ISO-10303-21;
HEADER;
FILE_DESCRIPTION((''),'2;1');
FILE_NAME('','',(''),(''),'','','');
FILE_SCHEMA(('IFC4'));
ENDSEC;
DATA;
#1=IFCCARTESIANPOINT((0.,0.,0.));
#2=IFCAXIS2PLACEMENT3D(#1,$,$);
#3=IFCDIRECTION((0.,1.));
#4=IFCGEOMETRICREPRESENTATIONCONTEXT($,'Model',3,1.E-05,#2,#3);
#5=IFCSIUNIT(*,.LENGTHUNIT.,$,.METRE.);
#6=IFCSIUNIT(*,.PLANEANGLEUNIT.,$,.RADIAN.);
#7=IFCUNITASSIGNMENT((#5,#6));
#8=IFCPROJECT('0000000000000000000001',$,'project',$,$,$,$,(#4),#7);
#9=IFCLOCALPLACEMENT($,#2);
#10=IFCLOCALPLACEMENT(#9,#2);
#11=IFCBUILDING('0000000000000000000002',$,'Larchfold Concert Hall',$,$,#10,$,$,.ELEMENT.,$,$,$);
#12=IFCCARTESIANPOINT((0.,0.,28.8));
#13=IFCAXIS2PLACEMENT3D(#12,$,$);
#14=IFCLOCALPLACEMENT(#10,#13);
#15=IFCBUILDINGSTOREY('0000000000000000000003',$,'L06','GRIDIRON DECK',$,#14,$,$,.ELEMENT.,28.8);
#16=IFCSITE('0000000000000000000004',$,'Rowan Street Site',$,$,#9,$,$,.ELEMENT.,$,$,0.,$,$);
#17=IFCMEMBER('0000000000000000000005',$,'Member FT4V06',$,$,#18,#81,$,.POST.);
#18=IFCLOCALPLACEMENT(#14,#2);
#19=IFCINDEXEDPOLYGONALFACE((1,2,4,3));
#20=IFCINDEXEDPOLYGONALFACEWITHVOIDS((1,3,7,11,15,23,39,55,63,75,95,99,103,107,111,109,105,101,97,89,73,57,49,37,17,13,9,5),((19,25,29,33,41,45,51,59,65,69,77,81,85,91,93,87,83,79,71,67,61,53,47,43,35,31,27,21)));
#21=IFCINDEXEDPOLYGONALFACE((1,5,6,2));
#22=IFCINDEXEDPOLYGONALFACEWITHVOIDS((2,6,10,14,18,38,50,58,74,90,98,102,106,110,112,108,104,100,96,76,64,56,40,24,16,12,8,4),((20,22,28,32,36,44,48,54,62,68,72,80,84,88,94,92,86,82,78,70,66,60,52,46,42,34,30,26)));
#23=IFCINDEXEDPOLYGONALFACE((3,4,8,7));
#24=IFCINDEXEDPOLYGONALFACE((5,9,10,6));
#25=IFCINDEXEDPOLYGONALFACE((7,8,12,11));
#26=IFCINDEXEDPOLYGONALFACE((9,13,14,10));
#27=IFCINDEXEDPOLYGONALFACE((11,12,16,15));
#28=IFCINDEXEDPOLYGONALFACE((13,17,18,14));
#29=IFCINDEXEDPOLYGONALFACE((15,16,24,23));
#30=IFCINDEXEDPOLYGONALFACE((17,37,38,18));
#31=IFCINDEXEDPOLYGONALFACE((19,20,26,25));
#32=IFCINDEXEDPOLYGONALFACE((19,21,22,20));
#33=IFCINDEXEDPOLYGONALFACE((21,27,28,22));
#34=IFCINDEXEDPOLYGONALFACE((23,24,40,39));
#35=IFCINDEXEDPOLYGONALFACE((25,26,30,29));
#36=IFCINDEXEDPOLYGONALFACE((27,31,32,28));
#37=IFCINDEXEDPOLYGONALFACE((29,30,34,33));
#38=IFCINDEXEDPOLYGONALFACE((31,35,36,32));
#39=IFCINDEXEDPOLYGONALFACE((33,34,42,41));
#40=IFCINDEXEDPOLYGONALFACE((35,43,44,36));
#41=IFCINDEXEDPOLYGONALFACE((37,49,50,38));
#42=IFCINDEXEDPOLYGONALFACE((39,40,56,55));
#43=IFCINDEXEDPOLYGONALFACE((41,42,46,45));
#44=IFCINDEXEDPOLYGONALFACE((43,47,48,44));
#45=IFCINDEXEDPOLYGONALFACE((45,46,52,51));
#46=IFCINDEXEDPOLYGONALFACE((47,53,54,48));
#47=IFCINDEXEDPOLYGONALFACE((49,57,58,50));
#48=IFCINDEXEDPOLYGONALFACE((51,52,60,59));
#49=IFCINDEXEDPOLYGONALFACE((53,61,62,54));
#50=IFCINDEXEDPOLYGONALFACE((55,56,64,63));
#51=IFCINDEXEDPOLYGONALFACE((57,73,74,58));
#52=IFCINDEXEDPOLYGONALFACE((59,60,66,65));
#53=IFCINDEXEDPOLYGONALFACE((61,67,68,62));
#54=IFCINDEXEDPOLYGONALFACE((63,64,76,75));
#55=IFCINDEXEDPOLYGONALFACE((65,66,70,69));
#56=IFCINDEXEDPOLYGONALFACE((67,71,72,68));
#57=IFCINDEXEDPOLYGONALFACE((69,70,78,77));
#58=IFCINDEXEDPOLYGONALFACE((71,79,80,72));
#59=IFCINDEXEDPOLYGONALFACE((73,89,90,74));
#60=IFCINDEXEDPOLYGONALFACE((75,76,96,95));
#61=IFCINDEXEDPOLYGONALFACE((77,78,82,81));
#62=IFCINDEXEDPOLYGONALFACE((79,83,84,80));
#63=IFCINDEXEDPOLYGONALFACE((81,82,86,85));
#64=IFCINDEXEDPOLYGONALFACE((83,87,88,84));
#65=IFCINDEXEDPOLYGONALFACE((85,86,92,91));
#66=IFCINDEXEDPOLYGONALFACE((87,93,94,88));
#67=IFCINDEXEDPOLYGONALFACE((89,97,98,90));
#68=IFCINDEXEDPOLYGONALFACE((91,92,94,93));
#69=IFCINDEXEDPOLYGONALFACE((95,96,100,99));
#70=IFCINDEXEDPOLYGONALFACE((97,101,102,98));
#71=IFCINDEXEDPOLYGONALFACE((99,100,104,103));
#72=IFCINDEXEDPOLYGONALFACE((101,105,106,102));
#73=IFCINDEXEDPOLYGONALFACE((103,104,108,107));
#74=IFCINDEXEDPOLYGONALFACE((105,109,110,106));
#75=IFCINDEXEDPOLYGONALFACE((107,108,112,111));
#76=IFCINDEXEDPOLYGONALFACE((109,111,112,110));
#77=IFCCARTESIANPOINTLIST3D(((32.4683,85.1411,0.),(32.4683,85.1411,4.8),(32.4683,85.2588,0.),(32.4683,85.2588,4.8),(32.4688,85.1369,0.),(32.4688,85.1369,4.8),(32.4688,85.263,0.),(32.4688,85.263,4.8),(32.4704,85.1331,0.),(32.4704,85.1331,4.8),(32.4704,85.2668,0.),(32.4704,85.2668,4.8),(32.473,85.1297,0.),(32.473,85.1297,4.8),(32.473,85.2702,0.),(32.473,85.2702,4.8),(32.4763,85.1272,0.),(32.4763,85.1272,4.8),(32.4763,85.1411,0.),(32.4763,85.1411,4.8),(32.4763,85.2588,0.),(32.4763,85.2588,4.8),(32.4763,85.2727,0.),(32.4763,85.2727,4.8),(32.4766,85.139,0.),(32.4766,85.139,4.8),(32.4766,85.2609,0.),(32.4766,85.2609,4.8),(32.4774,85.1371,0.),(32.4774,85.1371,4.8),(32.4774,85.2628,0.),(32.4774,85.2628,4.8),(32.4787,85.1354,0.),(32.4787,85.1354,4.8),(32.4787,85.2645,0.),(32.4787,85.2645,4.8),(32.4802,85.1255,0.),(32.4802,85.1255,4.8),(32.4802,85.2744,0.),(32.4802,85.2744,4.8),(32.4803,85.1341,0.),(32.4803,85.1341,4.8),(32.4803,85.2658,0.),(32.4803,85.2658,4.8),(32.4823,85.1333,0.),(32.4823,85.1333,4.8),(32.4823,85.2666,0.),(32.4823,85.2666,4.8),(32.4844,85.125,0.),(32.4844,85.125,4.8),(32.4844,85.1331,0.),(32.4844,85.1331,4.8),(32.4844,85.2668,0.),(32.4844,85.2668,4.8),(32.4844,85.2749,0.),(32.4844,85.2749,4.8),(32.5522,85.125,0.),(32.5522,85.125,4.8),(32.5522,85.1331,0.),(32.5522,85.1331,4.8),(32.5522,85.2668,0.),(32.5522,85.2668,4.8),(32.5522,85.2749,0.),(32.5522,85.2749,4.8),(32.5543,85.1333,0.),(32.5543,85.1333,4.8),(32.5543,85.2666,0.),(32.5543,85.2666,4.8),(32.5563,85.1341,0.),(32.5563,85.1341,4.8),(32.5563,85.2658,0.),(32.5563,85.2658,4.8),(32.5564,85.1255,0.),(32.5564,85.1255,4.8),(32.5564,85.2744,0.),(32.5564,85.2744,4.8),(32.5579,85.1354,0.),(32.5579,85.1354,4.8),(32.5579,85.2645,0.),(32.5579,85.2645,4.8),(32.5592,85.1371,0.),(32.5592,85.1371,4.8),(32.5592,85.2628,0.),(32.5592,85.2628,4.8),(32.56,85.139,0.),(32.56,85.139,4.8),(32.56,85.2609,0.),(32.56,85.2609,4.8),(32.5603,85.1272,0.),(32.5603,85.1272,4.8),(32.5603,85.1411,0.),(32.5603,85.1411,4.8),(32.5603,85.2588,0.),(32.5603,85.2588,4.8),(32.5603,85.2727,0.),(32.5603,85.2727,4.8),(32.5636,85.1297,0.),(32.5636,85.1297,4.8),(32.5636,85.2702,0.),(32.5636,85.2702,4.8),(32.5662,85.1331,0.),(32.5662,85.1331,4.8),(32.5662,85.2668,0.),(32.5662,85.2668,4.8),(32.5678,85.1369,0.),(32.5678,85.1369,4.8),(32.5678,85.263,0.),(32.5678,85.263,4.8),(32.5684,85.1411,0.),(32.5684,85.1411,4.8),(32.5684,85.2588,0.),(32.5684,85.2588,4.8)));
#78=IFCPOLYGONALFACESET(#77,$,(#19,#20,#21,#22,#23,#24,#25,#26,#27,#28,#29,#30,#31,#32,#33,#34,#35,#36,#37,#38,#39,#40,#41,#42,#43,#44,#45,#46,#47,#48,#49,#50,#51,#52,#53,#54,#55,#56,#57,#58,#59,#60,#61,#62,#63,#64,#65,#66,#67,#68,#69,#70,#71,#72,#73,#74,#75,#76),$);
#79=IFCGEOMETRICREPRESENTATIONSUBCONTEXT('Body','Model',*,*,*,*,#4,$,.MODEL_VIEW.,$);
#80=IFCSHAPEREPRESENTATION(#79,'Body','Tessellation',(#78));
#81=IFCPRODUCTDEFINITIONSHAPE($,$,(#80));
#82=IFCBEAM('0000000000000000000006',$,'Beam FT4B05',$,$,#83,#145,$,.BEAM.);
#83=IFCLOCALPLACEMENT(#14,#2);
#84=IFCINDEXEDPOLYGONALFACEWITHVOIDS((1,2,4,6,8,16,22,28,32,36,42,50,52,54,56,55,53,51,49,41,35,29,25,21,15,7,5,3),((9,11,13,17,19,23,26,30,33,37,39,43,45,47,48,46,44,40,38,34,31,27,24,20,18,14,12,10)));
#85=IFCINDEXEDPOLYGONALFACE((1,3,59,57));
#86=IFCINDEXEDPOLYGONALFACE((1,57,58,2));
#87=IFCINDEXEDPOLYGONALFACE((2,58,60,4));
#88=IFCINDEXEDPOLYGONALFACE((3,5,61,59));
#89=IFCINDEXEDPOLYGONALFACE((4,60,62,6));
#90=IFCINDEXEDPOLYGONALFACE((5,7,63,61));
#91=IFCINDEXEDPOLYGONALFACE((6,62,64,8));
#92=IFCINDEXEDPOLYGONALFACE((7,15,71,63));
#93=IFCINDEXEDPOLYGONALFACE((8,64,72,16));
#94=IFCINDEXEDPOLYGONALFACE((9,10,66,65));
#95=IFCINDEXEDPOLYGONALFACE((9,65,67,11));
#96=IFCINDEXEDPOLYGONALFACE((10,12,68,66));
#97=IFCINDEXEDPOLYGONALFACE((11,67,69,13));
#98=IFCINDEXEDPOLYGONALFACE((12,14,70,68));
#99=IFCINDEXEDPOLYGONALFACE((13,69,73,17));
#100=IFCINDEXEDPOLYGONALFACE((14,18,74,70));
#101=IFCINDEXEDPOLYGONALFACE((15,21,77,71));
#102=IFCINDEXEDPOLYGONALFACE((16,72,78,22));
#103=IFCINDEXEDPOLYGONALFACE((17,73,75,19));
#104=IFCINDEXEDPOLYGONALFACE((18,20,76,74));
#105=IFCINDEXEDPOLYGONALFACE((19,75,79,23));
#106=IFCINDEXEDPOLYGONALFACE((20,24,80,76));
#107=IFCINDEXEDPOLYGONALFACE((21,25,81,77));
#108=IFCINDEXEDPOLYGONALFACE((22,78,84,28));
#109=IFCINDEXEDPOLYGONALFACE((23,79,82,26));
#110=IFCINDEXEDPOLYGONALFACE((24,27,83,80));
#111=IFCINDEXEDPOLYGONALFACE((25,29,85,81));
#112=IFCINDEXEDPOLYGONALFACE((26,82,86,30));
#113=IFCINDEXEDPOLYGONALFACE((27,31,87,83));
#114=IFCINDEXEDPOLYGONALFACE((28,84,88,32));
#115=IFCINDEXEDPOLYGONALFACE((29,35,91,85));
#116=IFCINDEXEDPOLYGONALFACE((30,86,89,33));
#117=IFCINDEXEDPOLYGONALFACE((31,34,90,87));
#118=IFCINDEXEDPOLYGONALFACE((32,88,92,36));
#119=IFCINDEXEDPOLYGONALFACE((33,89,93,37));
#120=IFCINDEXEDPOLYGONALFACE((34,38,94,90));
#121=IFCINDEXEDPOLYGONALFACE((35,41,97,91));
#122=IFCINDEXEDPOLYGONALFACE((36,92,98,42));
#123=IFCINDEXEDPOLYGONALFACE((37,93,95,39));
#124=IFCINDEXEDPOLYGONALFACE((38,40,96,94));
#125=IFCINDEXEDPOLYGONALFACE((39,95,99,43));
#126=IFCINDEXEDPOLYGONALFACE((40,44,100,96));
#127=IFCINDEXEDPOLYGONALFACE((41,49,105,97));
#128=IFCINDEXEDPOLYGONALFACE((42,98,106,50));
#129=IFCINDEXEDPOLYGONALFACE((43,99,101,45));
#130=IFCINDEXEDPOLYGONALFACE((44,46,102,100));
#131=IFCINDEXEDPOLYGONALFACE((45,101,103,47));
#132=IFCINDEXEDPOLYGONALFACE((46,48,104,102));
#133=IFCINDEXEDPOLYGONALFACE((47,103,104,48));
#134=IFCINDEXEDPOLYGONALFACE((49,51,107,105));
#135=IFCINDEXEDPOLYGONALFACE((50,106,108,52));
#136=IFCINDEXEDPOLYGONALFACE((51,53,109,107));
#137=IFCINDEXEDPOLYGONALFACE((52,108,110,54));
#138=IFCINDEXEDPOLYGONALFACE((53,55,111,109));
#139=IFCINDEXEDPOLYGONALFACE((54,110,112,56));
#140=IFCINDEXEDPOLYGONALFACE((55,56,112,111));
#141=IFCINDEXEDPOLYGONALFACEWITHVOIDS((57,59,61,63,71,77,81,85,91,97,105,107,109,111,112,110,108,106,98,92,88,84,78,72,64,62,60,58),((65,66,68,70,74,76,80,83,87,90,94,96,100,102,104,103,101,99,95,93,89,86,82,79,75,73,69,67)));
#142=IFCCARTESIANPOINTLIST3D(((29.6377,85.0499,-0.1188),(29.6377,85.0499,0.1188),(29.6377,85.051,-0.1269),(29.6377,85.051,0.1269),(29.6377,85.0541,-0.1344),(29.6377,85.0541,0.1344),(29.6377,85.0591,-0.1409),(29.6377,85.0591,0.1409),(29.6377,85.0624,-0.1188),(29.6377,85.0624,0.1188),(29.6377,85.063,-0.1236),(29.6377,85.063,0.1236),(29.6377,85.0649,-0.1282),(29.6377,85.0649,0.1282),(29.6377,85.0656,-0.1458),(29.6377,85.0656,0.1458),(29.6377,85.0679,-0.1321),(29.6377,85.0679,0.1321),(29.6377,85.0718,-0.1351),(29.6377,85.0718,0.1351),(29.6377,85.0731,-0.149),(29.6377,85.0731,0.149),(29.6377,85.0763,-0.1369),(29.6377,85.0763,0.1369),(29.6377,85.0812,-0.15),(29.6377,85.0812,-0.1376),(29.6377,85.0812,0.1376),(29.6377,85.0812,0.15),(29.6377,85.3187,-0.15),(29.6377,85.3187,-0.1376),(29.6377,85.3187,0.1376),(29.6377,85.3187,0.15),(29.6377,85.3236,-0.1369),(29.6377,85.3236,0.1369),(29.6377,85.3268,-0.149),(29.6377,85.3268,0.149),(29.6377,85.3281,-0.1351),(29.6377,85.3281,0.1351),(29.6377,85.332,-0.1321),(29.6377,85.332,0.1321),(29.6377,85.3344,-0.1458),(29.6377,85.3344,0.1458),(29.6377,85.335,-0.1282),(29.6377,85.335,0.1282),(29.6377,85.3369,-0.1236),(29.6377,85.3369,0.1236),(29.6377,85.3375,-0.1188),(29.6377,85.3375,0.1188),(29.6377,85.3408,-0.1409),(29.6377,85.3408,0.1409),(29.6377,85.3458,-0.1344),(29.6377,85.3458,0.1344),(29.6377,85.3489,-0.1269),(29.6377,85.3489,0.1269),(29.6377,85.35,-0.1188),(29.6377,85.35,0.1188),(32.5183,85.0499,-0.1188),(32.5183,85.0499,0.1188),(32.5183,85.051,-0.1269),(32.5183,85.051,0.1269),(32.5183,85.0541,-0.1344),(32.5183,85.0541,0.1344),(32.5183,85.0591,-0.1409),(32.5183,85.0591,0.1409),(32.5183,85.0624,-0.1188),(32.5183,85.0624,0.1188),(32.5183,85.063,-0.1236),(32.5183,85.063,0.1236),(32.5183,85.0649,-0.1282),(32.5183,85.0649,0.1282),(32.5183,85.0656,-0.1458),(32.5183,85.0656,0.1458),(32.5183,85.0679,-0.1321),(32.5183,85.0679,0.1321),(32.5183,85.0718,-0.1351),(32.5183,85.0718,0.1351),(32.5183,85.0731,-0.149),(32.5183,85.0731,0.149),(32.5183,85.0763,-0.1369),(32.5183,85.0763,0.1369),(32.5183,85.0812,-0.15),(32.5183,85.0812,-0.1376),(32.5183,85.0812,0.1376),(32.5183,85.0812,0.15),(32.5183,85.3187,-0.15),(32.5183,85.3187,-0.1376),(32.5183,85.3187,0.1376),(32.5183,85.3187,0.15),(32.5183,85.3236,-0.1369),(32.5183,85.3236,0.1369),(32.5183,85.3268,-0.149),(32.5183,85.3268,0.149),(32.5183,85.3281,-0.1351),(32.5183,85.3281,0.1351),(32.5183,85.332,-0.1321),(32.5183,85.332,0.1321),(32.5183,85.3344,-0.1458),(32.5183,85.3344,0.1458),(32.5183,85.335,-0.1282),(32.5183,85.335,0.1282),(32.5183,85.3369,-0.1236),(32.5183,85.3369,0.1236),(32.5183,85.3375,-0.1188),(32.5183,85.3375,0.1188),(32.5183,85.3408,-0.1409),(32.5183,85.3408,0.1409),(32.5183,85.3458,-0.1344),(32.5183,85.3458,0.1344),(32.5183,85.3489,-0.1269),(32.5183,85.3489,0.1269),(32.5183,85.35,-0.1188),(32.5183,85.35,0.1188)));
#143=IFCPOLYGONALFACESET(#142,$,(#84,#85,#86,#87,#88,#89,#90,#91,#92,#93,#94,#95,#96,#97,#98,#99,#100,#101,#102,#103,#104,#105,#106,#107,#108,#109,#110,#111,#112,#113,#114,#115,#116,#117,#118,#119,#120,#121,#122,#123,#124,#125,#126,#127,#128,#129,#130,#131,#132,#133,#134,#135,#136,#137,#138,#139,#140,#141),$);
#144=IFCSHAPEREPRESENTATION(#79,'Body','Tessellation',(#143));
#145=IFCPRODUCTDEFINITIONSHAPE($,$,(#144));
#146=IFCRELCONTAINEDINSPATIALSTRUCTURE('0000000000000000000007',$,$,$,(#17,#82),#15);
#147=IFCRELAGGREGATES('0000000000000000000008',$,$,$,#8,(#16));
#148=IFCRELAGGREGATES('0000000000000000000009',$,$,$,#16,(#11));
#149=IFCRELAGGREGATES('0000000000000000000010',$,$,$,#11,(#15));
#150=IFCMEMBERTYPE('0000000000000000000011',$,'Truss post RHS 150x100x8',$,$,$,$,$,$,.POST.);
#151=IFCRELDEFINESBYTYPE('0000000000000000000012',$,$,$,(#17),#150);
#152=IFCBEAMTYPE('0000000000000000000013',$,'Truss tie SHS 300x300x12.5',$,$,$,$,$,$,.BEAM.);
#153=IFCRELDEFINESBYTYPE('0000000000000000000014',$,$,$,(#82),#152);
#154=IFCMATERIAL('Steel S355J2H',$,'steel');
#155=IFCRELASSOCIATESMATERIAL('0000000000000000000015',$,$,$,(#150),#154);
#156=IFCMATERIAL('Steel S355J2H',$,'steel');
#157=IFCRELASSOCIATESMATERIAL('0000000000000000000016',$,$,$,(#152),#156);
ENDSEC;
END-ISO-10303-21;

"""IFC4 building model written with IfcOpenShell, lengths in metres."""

from ifc_helpers import new_model, si_unit, direction, frame, origin, origin_2d, place, context, subcontext, project, spatial, hollow_rectangle, extrude, material, material_profile, profile_set, type_object, element, save


model = new_model("IFC4")

# Units and contexts
model_context = context("Model", 3, precision=1e-05, world=origin(), true_north=direction((0.0, 1.0)))
body_context = subcontext(model_context, "Body", "Model", "MODEL_VIEW")
ifc_project = project(units=[si_unit("LENGTHUNIT", "METRE"), si_unit("PLANEANGLEUNIT", "RADIAN")], contexts=[model_context])

# Site, building, storey
site_placement = place(None, origin())
site = spatial("IfcSite", under=ifc_project, at=site_placement, Name="Rowan Street Site", CompositionType="ELEMENT", RefElevation=0.0)
building_placement = place(site_placement, origin())
building = spatial("IfcBuilding", under=site, at=building_placement, Name="Larchfold Concert Hall", CompositionType="ELEMENT")
storey_placement = place(building_placement, frame((0.0, 0.0, 28.8)))
storey = spatial("IfcBuildingStorey", under=building, at=storey_placement, Name="L06", Description="GRIDIRON DECK", CompositionType="ELEMENT", Elevation=28.8)

# Member
ifc_material_1 = material(Name="Steel S355J2H", Category="steel")
ifc_material_profile_1 = material_profile(ifc_material_1, hollow_rectangle(XDim=0.1001, YDim=0.1499, WallThickness=0.0081, InnerFilletRadius=0.0081, OuterFilletRadius=0.0161, at=origin_2d()))
ifc_profile_set_1 = profile_set([ifc_material_profile_1], Name="Steel S355J2H")
member_type_1 = type_object("IfcMemberType", Name="Truss post RHS 150x100x8", PredefinedType="POST", material=ifc_profile_set_1)
for number, where, z_axis, x_axis, name in (
    (1, (32.5183, 85.2, 4.8), (0.0, 0.0, -1.0), (1.0, 0.0, 0.0), "Member FT4V06"),
):
    element("IfcMember", number, at=place(storey_placement, frame(where, z_axis=z_axis, x_axis=x_axis)), inside=storey, type_object=member_type_1, Name=name, PredefinedType="POST", context=body_context, shape_type="SweptSolid", body=[
        extrude(hollow_rectangle(XDim=0.1001, YDim=0.1499, WallThickness=0.0081, InnerFilletRadius=0.0081, OuterFilletRadius=0.0161, at=origin_2d()), origin(), (0.0, 0.0, 1.0), 4.8),
    ])

# Beam
ifc_material_2 = material(Name="Steel S355J2H", Category="steel")
ifc_material_profile_2 = material_profile(ifc_material_2, hollow_rectangle(XDim=0.3, YDim=0.3, WallThickness=0.0125, InnerFilletRadius=0.0188, OuterFilletRadius=0.0312, at=origin_2d()))
ifc_profile_set_2 = profile_set([ifc_material_profile_2], Name="Steel S355J2H")
beam_type_1 = type_object("IfcBeamType", Name="Truss tie SHS 300x300x12.5", PredefinedType="BEAM", material=ifc_profile_set_2)
beam_1_placement = place(storey_placement, frame((29.6377, 85.2, 0.0), z_axis=(1.0, 0.0, 0.0), x_axis=(0.0, 1.0, 0.0)))
element("IfcBeam", 2, at=beam_1_placement, inside=storey, type_object=beam_type_1, Name="Beam FT4B05", PredefinedType="BEAM", context=body_context, shape_type="SweptSolid", body=[
    extrude(hollow_rectangle(XDim=0.3, YDim=0.3, WallThickness=0.0125, InnerFilletRadius=0.0188, OuterFilletRadius=0.0312, at=origin_2d()), origin(), (0.0, 0.0, 1.0), 2.8806),
])

save(model, "model.ifc")
